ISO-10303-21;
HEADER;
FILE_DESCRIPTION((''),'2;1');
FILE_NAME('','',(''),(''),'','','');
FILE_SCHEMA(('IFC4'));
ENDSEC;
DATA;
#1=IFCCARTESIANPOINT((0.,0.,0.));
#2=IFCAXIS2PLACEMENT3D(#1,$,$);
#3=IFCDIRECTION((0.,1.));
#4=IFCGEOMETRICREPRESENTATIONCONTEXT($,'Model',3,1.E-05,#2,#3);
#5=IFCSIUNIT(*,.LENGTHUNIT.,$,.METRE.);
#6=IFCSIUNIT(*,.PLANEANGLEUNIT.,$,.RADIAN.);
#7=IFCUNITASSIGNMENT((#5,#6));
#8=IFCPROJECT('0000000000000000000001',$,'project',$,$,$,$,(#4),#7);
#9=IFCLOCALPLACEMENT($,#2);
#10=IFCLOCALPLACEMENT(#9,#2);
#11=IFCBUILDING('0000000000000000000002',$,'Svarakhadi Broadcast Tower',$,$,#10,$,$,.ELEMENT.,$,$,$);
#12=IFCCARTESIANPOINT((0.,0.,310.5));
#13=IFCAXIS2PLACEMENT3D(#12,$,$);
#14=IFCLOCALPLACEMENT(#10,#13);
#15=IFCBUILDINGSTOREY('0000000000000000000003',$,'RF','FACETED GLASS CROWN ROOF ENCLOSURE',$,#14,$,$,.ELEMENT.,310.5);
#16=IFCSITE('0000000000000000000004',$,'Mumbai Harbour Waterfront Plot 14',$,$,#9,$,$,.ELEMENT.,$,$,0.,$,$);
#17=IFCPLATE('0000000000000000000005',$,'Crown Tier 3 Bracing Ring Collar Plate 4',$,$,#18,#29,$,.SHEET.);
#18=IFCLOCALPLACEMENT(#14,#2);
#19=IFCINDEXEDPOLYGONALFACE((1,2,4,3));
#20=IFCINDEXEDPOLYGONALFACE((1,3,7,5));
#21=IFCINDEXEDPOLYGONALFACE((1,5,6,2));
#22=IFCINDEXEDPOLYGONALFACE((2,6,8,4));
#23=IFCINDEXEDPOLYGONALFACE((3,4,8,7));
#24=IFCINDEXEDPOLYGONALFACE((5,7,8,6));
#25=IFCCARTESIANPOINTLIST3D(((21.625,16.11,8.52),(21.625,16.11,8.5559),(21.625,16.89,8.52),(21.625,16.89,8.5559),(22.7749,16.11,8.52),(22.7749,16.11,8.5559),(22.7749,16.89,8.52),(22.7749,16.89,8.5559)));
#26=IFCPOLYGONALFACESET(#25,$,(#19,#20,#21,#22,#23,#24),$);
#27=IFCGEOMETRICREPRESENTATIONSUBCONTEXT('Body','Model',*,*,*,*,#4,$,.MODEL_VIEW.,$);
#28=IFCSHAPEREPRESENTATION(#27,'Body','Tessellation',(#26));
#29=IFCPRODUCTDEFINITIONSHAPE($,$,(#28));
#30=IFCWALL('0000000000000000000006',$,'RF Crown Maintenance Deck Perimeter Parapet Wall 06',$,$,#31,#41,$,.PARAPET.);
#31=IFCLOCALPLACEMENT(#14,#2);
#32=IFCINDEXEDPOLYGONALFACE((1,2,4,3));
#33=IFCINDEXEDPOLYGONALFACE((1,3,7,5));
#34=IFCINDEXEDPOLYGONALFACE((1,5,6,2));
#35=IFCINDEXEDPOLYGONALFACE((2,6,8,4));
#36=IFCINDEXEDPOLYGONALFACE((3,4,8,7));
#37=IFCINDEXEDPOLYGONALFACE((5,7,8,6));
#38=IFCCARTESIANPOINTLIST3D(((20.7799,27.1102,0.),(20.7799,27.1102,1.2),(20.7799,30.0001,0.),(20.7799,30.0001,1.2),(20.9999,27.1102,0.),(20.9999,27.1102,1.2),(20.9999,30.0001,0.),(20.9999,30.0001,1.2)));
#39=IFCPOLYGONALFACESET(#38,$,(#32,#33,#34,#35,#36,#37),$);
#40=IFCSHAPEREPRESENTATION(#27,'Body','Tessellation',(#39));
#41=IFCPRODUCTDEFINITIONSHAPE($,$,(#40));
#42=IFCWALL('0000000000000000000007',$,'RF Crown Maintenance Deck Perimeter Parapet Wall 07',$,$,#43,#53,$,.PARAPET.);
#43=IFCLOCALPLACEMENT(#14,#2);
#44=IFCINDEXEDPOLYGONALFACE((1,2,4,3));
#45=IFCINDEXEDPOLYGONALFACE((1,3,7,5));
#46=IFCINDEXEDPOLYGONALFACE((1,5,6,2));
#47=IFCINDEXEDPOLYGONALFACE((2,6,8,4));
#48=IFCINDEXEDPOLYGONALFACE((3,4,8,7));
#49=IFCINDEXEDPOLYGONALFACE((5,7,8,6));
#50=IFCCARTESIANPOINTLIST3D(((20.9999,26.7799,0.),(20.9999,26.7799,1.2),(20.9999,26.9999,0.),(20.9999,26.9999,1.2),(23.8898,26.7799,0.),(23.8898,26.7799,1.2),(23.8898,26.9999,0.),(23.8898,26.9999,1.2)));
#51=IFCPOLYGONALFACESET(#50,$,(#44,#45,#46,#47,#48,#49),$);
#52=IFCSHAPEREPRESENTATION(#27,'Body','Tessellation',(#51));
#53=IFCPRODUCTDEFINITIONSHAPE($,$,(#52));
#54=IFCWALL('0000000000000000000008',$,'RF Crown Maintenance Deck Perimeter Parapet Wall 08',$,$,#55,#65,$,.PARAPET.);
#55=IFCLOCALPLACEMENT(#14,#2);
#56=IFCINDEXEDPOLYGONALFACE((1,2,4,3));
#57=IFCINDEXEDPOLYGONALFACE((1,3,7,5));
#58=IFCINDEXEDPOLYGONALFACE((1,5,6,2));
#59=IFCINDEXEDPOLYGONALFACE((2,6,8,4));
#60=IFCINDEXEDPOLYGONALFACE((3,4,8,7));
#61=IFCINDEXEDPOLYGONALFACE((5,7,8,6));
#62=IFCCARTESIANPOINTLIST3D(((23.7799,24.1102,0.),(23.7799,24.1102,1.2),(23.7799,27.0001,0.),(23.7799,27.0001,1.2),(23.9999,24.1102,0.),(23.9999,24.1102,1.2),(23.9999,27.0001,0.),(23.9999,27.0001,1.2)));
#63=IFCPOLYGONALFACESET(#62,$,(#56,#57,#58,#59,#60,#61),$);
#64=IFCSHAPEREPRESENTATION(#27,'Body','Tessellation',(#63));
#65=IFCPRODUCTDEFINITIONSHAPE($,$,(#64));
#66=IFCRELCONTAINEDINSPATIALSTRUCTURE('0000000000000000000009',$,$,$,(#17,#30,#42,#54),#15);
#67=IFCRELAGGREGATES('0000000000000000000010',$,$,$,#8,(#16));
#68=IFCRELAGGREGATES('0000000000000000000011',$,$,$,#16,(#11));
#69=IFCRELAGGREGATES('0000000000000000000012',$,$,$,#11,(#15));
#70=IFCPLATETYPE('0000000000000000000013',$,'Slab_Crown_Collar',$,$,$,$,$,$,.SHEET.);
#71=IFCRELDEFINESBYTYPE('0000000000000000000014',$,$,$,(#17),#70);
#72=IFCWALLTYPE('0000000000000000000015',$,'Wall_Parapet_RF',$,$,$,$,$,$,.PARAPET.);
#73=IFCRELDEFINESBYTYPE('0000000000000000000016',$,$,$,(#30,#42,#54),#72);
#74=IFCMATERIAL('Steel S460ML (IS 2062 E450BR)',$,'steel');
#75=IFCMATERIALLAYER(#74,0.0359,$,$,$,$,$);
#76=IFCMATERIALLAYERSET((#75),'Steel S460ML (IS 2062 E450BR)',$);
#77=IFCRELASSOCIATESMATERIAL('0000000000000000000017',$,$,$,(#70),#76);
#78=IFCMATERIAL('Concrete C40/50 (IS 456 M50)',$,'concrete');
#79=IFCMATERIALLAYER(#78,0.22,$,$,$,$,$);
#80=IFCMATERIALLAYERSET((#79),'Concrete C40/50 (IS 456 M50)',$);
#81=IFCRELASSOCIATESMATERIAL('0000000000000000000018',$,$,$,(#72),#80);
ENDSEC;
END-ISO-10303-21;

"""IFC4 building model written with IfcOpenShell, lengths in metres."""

from ifc_helpers import new_model, si_unit, direction, frame, frame_2d, origin, origin_2d, place, context, subcontext, project, spatial, rectangle, extrude, material, layer, layer_set, type_object, element, save


model = new_model("IFC4")

# Units and contexts
model_context = context("Model", 3, precision=1e-05, world=origin(), true_north=direction((0.0, 1.0)))
body_context = subcontext(model_context, "Body", "Model", "MODEL_VIEW")
ifc_project = project(units=[si_unit("LENGTHUNIT", "METRE"), si_unit("PLANEANGLEUNIT", "RADIAN")], contexts=[model_context])

# Site, building, storey
site_placement = place(None, origin())
site = spatial("IfcSite", under=ifc_project, at=site_placement, Name="Mumbai Harbour Waterfront Plot 14", CompositionType="ELEMENT", RefElevation=0.0)
building_placement = place(site_placement, origin())
building = spatial("IfcBuilding", under=site, at=building_placement, Name="Svarakhadi Broadcast Tower", CompositionType="ELEMENT")
storey_placement = place(building_placement, frame((0.0, 0.0, 310.5)))
storey = spatial("IfcBuildingStorey", under=building, at=storey_placement, Name="RF", Description="FACETED GLASS CROWN ROOF ENCLOSURE", CompositionType="ELEMENT", Elevation=310.5)

# Shared definitions
ifc_material_1 = material(Name="Steel S460ML (IS 2062 E450BR)", Category="steel")

# Shared definitions
ifc_material_2 = material(Name="Concrete C40/50 (IS 456 M50)", Category="concrete")

# Plate
ifc_layer_1 = layer(ifc_material_1, 0.0359)
ifc_layer_set_1 = layer_set([ifc_layer_1], Name="Steel S460ML (IS 2062 E450BR)")
plate_type_1 = type_object("IfcPlateType", Name="Slab_Crown_Collar", PredefinedType="SHEET", material=ifc_layer_set_1)
for number, where, z_axis, x_axis, name in (
    (1, (22.2, 16.5, 8.52), (0.0, 0.0, 1.0), (1.0, 0.0, 0.0), "Crown Tier 3 Bracing Ring Collar Plate 4"),
):
    element("IfcPlate", number, at=place(storey_placement, frame(where, z_axis=z_axis, x_axis=x_axis)), inside=storey, type_object=plate_type_1, Name=name, PredefinedType="SHEET", context=body_context, shape_type="SweptSolid", body=[
        extrude(rectangle(XDim=1.1499, YDim=0.78, at=origin_2d()), origin(), (0.0, 0.0, 1.0), 0.0359),
    ])

# Walls
ifc_layer_2 = layer(ifc_material_2, 0.22)
ifc_layer_set_2 = layer_set([ifc_layer_2], Name="Concrete C40/50 (IS 456 M50)")
wall_type = type_object("IfcWallType", Name="Wall_Parapet_RF", PredefinedType="PARAPET", material=ifc_layer_set_2)
for number, where, z_axis, x_axis, name in (
    (2, (20.8899, 30.0, 0.0), (0.0, 0.0, 1.0), (0.0, -1.0, 0.0), "RF Crown Maintenance Deck Perimeter Parapet Wall 06"),
    (3, (21.0, 26.8899, 0.0), (0.0, 0.0, 1.0), (1.0, 0.0, 0.0), "RF Crown Maintenance Deck Perimeter Parapet Wall 07"),
    (4, (23.8899, 27.0, 0.0), (0.0, 0.0, 1.0), (0.0, -1.0, 0.0), "RF Crown Maintenance Deck Perimeter Parapet Wall 08"),
):
    element("IfcWall", number, at=place(storey_placement, frame(where, z_axis=z_axis, x_axis=x_axis)), inside=storey, type_object=wall_type, Name=name, PredefinedType="PARAPET", context=body_context, shape_type="SweptSolid", body=[
        extrude(rectangle(XDim=2.8899, YDim=0.22, at=frame_2d((1.4448, 0.0))), origin(), (0.0, 0.0, 1.0), 1.2),
    ])

save(model, "model.ifc")
